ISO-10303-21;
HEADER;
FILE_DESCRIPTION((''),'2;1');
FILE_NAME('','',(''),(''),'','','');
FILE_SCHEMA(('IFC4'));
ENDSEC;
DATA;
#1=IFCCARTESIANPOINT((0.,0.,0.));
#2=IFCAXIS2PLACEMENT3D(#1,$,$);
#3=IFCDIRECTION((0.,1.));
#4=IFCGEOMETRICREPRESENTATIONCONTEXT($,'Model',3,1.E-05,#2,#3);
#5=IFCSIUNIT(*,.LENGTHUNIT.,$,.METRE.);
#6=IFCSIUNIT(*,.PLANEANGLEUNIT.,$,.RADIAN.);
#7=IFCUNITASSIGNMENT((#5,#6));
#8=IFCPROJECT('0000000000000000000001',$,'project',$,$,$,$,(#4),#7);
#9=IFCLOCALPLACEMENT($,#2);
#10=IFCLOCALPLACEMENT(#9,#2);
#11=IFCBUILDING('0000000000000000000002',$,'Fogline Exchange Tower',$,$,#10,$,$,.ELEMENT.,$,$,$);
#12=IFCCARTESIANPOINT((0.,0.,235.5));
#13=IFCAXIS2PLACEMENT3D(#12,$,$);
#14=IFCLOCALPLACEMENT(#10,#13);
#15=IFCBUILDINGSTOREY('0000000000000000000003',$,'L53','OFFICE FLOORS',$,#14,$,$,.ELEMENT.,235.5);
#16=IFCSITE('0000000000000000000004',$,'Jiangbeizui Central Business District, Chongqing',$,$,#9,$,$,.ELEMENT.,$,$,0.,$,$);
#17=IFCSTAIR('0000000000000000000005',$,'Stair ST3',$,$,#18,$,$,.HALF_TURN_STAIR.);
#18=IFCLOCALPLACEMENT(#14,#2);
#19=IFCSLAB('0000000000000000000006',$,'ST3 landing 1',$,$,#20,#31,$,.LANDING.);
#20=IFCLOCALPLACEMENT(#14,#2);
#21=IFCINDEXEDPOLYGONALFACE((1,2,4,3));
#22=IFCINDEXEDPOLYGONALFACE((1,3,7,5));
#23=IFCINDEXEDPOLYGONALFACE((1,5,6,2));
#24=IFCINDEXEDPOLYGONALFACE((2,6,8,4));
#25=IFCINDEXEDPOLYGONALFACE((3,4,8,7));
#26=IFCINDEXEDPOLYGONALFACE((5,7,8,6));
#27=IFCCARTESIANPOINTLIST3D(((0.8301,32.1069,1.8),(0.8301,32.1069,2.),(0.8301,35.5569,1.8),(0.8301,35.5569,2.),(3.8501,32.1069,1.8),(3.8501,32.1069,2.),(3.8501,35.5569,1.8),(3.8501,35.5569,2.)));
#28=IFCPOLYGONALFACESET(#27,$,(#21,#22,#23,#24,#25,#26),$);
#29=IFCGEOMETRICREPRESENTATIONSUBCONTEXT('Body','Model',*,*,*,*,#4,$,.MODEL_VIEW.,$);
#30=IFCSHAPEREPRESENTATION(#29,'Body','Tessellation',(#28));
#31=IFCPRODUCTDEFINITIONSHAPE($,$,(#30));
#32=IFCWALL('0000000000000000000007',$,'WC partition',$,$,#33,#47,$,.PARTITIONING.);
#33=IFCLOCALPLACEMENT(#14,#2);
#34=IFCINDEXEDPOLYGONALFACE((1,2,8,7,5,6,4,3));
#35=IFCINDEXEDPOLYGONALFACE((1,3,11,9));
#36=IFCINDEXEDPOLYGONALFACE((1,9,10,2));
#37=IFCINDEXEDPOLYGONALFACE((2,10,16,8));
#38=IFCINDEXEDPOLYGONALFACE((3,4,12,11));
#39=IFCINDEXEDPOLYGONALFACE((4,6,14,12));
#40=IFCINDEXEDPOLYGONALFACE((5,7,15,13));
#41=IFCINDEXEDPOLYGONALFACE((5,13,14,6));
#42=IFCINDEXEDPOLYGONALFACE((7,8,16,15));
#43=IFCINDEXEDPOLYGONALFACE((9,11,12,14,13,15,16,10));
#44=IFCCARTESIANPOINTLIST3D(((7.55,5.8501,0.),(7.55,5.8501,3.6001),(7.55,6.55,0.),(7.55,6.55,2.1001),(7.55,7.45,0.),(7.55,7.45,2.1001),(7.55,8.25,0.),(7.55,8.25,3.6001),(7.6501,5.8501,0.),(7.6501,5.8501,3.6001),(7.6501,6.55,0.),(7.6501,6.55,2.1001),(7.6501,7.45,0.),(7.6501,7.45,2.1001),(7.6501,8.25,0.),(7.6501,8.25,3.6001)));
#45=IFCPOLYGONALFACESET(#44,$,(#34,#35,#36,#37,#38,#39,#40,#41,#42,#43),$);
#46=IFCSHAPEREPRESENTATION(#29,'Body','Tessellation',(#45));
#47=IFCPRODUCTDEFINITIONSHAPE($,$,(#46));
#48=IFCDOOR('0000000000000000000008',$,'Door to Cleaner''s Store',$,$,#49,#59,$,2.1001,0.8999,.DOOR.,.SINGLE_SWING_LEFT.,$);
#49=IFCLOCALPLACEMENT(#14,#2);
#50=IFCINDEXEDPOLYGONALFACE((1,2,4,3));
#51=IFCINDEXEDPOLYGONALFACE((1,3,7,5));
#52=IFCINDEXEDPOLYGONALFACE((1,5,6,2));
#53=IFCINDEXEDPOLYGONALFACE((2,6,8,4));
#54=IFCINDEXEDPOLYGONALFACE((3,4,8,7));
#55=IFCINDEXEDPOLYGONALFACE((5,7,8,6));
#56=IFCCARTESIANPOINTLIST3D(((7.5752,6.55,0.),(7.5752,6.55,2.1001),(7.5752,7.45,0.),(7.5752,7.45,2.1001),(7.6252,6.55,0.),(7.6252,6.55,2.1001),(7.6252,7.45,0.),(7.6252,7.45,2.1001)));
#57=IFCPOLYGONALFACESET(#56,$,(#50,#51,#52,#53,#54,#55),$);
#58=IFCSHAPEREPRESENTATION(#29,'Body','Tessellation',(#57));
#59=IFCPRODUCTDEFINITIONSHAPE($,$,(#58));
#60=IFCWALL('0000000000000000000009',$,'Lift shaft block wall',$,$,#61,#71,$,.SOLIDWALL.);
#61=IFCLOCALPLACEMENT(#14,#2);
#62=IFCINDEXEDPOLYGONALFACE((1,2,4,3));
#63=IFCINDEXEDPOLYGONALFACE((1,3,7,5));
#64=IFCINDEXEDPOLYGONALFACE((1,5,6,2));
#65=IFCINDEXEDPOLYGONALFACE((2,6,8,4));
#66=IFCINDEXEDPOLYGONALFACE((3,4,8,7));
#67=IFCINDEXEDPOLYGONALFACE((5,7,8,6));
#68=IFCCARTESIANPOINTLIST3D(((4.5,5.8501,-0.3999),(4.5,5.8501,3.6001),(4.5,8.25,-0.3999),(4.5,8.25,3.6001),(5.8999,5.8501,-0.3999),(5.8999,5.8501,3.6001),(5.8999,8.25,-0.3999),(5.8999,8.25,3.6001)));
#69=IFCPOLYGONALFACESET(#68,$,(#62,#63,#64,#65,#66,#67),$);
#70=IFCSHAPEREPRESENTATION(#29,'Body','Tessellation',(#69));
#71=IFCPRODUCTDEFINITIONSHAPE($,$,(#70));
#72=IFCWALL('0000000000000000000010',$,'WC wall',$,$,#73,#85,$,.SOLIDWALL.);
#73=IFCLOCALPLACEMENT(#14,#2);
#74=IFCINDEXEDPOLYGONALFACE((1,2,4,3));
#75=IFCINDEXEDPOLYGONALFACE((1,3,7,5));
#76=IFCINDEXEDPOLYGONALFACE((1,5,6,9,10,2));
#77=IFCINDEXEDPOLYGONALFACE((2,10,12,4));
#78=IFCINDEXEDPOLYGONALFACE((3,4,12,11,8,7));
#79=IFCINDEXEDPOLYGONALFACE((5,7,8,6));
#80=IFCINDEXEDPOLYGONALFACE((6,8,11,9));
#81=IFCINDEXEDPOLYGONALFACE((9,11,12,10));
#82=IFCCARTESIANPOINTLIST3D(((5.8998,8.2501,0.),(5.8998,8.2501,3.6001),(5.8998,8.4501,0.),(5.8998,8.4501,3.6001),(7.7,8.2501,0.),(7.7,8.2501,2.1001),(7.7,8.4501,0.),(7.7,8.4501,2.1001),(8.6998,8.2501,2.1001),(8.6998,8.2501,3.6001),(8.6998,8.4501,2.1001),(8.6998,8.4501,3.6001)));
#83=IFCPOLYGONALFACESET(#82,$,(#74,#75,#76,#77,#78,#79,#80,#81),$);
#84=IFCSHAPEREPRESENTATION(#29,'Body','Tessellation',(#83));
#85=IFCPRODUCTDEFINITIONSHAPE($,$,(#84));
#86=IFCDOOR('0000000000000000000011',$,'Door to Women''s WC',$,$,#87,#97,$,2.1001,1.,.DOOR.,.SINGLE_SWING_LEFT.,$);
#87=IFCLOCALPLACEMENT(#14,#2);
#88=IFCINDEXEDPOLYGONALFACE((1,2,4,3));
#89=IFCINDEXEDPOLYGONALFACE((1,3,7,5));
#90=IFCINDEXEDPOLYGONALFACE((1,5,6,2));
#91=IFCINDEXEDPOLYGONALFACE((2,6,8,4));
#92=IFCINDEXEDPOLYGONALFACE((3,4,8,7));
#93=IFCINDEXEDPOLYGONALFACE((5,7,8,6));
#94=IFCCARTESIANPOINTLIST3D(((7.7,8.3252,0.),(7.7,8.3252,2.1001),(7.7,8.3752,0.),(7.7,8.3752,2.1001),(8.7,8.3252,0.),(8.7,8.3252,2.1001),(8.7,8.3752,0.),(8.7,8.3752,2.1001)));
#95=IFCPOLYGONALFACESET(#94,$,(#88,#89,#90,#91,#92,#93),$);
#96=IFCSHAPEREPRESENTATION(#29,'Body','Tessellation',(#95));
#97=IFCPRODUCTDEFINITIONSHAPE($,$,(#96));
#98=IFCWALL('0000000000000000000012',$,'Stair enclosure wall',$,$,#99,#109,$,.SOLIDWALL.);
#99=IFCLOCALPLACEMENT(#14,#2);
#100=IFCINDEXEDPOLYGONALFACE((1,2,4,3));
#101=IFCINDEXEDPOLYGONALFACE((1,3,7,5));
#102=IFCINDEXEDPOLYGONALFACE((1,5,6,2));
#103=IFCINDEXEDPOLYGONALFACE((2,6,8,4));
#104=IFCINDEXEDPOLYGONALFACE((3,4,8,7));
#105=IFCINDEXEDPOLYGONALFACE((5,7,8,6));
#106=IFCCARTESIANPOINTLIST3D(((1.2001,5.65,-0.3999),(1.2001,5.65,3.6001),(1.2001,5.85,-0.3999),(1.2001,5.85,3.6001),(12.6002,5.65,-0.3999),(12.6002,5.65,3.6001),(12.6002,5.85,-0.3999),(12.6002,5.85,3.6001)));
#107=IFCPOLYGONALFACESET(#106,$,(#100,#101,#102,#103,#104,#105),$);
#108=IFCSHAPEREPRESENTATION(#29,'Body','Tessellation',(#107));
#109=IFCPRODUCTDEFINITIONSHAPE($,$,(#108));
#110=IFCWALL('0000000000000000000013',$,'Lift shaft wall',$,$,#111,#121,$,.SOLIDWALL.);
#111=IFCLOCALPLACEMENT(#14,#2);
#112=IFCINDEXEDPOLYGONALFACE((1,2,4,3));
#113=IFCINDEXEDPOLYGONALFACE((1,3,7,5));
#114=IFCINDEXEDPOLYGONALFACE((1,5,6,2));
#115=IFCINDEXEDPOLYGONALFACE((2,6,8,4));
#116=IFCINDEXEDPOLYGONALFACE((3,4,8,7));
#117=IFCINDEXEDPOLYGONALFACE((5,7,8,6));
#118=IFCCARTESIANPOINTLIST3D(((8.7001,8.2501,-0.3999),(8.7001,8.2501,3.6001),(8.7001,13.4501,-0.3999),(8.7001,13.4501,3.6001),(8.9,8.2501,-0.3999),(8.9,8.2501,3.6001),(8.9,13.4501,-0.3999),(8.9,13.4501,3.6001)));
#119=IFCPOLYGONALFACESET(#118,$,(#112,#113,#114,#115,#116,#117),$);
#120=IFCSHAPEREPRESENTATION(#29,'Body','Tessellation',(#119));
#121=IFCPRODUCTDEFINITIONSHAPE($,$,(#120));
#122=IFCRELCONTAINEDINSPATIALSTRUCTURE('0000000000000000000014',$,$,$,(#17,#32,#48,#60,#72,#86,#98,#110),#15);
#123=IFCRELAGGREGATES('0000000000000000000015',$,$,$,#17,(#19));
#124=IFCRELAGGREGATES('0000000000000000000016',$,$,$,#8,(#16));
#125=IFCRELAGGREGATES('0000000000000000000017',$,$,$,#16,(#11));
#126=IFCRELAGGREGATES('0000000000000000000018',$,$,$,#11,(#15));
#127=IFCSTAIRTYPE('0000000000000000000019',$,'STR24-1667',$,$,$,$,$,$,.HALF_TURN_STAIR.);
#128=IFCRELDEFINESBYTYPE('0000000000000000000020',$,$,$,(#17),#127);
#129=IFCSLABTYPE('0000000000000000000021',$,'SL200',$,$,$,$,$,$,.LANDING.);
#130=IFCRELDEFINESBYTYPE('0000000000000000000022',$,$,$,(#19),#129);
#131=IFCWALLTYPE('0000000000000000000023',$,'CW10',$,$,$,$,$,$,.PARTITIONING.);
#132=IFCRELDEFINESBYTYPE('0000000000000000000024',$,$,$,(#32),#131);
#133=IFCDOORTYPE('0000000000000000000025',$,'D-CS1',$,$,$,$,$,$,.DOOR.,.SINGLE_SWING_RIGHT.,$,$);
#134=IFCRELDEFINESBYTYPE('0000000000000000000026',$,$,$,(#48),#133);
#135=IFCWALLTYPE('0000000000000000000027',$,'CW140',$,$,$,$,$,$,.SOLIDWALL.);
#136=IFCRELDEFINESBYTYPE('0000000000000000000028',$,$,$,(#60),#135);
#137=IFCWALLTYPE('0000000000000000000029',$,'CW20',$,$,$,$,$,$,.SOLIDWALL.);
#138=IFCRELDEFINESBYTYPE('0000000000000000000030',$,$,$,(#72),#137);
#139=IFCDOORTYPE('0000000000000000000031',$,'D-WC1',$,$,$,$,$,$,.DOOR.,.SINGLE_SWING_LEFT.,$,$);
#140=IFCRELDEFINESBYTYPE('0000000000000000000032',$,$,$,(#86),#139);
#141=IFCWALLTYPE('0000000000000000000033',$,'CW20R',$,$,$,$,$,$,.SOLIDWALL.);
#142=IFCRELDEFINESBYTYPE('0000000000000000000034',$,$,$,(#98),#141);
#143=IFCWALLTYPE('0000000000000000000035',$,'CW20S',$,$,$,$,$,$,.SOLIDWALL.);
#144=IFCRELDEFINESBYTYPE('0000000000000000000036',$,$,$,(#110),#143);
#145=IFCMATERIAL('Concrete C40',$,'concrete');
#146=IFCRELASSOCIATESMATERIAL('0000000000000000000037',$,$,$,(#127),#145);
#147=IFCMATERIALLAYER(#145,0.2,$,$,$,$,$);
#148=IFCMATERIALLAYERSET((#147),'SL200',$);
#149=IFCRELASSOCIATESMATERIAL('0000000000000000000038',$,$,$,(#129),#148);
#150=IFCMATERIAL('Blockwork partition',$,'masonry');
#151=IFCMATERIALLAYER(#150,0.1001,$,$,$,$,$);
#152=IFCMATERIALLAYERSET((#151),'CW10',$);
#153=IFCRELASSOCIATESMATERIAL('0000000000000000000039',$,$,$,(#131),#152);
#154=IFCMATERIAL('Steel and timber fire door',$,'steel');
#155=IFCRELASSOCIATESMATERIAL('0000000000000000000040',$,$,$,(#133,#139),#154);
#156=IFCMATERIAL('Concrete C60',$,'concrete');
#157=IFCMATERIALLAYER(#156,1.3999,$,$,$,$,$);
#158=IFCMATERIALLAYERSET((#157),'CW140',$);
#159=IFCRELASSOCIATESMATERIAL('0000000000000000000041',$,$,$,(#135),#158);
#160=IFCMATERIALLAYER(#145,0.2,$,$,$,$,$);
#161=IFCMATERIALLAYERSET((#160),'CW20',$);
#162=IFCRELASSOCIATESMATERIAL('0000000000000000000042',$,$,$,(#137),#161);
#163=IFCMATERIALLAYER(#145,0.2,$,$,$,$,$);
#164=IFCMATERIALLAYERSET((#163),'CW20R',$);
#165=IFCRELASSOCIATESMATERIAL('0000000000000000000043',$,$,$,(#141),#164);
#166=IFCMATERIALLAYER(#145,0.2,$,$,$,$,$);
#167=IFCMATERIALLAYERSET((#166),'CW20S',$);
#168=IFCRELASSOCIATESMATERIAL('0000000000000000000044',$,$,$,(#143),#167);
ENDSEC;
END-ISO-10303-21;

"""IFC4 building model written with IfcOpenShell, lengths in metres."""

from ifc_helpers import new_model, si_unit, direction, frame, frame_2d, origin, place, context, subcontext, project, spatial, polyline, rectangle, outline, extrude, material, layer, layer_set, type_object, element, fill, aggregate, save


model = new_model("IFC4")

# Units and contexts
model_context = context("Model", 3, precision=1e-05, world=origin(), true_north=direction((0.0, 1.0)))
body_context = subcontext(model_context, "Body", "Model", "MODEL_VIEW")
ifc_project = project(units=[si_unit("LENGTHUNIT", "METRE"), si_unit("PLANEANGLEUNIT", "RADIAN")], contexts=[model_context])

# Site, building, storey
site_placement = place(None, origin())
site = spatial("IfcSite", under=ifc_project, at=site_placement, Name="Jiangbeizui Central Business District, Chongqing", CompositionType="ELEMENT", RefElevation=0.0)
building_placement = place(site_placement, origin())
building = spatial("IfcBuilding", under=site, at=building_placement, Name="Fogline Exchange Tower", CompositionType="ELEMENT")
storey_placement = place(building_placement, frame((0.0, 0.0, 235.5)))
storey = spatial("IfcBuildingStorey", under=building, at=storey_placement, Name="L53", Description="OFFICE FLOORS", CompositionType="ELEMENT", Elevation=235.5)

# Stair, slab
ifc_material_1 = material(Name="Concrete C40", Category="concrete")
stair_type = type_object("IfcStairType", Name="STR24-1667", PredefinedType="HALF_TURN_STAIR", material=ifc_material_1)
stair_1_placement = place(storey_placement, origin())
stair_1 = element("IfcStair", 1, at=stair_1_placement, inside=storey, type_object=stair_type, Name="Stair ST3", PredefinedType="HALF_TURN_STAIR")
ifc_layer_1 = layer(ifc_material_1, 0.2)
ifc_layer_set_1 = layer_set([ifc_layer_1], Name="SL200")
slab_type = type_object("IfcSlabType", Name="SL200", PredefinedType="LANDING", material=ifc_layer_set_1)
slab_placement = place(storey_placement, frame((0.0, 0.0, 1.8)))
slab = element("IfcSlab", 2, at=slab_placement, type_object=slab_type, Name="ST3 landing 1", PredefinedType="LANDING", context=body_context, shape_type="SweptSolid", body=[
    extrude(outline(polyline([(0.8301, 32.1069), (3.8501, 32.1069), (3.8501, 35.5569), (0.8301, 35.5569), (0.8301, 32.1069)])), origin(), (0.0, 0.0, 1.0), 0.2),
])
aggregate(stair_1, [slab])

# Wall, opening, door
ifc_material_2 = material(Name="Blockwork partition", Category="masonry")
ifc_layer_2 = layer(ifc_material_2, 0.1001)
ifc_layer_set_2 = layer_set([ifc_layer_2], Name="CW10")
wall_type_1 = type_object("IfcWallType", Name="CW10", PredefinedType="PARTITIONING", material=ifc_layer_set_2)
wall_1_placement = place(storey_placement, frame((7.6001, 5.8501, 0.0), z_axis=(0.0, 0.0, 1.0), x_axis=(0.0, 1.0, 0.0)))
wall_1 = element("IfcWall", 3, at=wall_1_placement, inside=storey, type_object=wall_type_1, Name="WC partition", PredefinedType="PARTITIONING", context=body_context, shape_type="SweptSolid", body=[
    extrude(rectangle(XDim=2.3999, YDim=0.1001, at=frame_2d((1.2, 0.0))), origin(), (0.0, 0.0, 1.0), 3.6001),
])
opening_1_placement = place(wall_1_placement, frame((0.7, 0.0, 0.0)))
opening_1 = element("IfcOpeningElement", 4, at=opening_1_placement, cuts=wall_1, PredefinedType="OPENING", context=body_context, shape_type="SweptSolid", body=[
    extrude(rectangle(XDim=0.8999, YDim=2.1001, at=frame_2d((0.45, 1.05))), frame((0.0, 0.0601, 0.0), z_axis=(0.0, -1.0, 0.0), x_axis=(1.0, 0.0, 0.0)), (0.0, 0.0, 1.0), 0.1201),
])
ifc_material_3 = material(Name="Steel and timber fire door", Category="steel")
door_type_1 = type_object("IfcDoorType", Name="D-CS1", OperationType="SINGLE_SWING_RIGHT", PredefinedType="DOOR", material=ifc_material_3)
door_1_placement = place(opening_1_placement, origin())
door_1 = element("IfcDoor", 5, at=door_1_placement, inside=storey, type_object=door_type_1, Name="Door to Cleaner's Store", OperationType="SINGLE_SWING_LEFT", OverallHeight=2.1001, OverallWidth=0.8999, PredefinedType="DOOR", context=body_context, shape_type="SweptSolid", body=[
    extrude(rectangle(XDim=0.8999, YDim=2.1001, at=frame_2d((0.45, 1.05))), frame((0.0, 0.0249, 0.0), z_axis=(0.0, -1.0, 0.0), x_axis=(1.0, 0.0, 0.0)), (0.0, 0.0, 1.0), 0.05),
])
fill(opening_1, door_1)

# Wall
ifc_material_4 = material(Name="Concrete C60", Category="concrete")
ifc_layer_3 = layer(ifc_material_4, 1.3999)
ifc_layer_set_3 = layer_set([ifc_layer_3], Name="CW140")
wall_type_2 = type_object("IfcWallType", Name="CW140", PredefinedType="SOLIDWALL", material=ifc_layer_set_3)
wall_2_placement = place(storey_placement, frame((5.2, 5.8501, -0.3999), z_axis=(0.0, 0.0, 1.0), x_axis=(0.0, 1.0, 0.0)))
element("IfcWall", 6, at=wall_2_placement, inside=storey, type_object=wall_type_2, Name="Lift shaft block wall", PredefinedType="SOLIDWALL", context=body_context, shape_type="SweptSolid", body=[
    extrude(rectangle(XDim=2.3999, YDim=1.3999, at=frame_2d((1.2, 0.0))), origin(), (0.0, 0.0, 1.0), 4.0),
])

# Wall, opening, door
ifc_layer_4 = layer(ifc_material_1, 0.2)
ifc_layer_set_4 = layer_set([ifc_layer_4], Name="CW20")
wall_type_3 = type_object("IfcWallType", Name="CW20", PredefinedType="SOLIDWALL", material=ifc_layer_set_4)
wall_3_placement = place(storey_placement, frame((5.8999, 8.3501, 0.0), z_axis=(0.0, 0.0, 1.0), x_axis=(1.0, 0.0, 0.0)))
wall_3 = element("IfcWall", 7, at=wall_3_placement, inside=storey, type_object=wall_type_3, Name="WC wall", PredefinedType="SOLIDWALL", context=body_context, shape_type="SweptSolid", body=[
    extrude(rectangle(XDim=2.8, YDim=0.2, at=frame_2d((1.3999, 0.0))), origin(), (0.0, 0.0, 1.0), 3.6001),
])
opening_2_placement = place(wall_3_placement, frame((1.8, 0.0, 0.0)))
opening_2 = element("IfcOpeningElement", 8, at=opening_2_placement, cuts=wall_3, PredefinedType="OPENING", context=body_context, shape_type="SweptSolid", body=[
    extrude(rectangle(XDim=1.0, YDim=2.1001, at=frame_2d((0.5, 1.05))), frame((0.0, 0.1099, 0.0), z_axis=(0.0, -1.0, 0.0), x_axis=(1.0, 0.0, 0.0)), (0.0, 0.0, 1.0), 0.22),
])
door_type_2 = type_object("IfcDoorType", Name="D-WC1", OperationType="SINGLE_SWING_LEFT", PredefinedType="DOOR", material=ifc_material_3)
door_2_placement = place(opening_2_placement, frame((1.0, 0.0, 0.0), z_axis=(0.0, 0.0, 1.0), x_axis=(-1.0, 0.0, 0.0)))
door_2 = element("IfcDoor", 9, at=door_2_placement, inside=storey, type_object=door_type_2, Name="Door to Women's WC", OperationType="SINGLE_SWING_LEFT", OverallHeight=2.1001, OverallWidth=1.0, PredefinedType="DOOR", context=body_context, shape_type="SweptSolid", body=[
    extrude(rectangle(XDim=1.0, YDim=2.1001, at=frame_2d((0.5, 1.05))), frame((0.0, 0.0249, 0.0), z_axis=(0.0, -1.0, 0.0), x_axis=(1.0, 0.0, 0.0)), (0.0, 0.0, 1.0), 0.05),
])
fill(opening_2, door_2)

# Walls
ifc_layer_5 = layer(ifc_material_1, 0.2)
ifc_layer_set_5 = layer_set([ifc_layer_5], Name="CW20R")
wall_type_4 = type_object("IfcWallType", Name="CW20R", PredefinedType="SOLIDWALL", material=ifc_layer_set_5)
wall_4_placement = place(storey_placement, frame((1.2, 5.75, -0.3999), z_axis=(0.0, 0.0, 1.0), x_axis=(1.0, 0.0, 0.0)))
element("IfcWall", 10, at=wall_4_placement, inside=storey, type_object=wall_type_4, Name="Stair enclosure wall", PredefinedType="SOLIDWALL", context=body_context, shape_type="SweptSolid", body=[
    extrude(rectangle(XDim=11.4001, YDim=0.2, at=frame_2d((5.7002, 0.0))), origin(), (0.0, 0.0, 1.0), 4.0),
])
ifc_layer_6 = layer(ifc_material_1, 0.2)
ifc_layer_set_6 = layer_set([ifc_layer_6], Name="CW20S")
wall_type_5 = type_object("IfcWallType", Name="CW20S", PredefinedType="SOLIDWALL", material=ifc_layer_set_6)
wall_5_placement = place(storey_placement, frame((8.8, 8.25, -0.3999), z_axis=(0.0, 0.0, 1.0), x_axis=(0.0, 1.0, 0.0)))
element("IfcWall", 11, at=wall_5_placement, inside=storey, type_object=wall_type_5, Name="Lift shaft wall", PredefinedType="SOLIDWALL", context=body_context, shape_type="SweptSolid", body=[
    extrude(rectangle(XDim=5.2, YDim=0.2, at=frame_2d((2.6001, 0.0))), origin(), (0.0, 0.0, 1.0), 4.0),
])

save(model, "model.ifc")
